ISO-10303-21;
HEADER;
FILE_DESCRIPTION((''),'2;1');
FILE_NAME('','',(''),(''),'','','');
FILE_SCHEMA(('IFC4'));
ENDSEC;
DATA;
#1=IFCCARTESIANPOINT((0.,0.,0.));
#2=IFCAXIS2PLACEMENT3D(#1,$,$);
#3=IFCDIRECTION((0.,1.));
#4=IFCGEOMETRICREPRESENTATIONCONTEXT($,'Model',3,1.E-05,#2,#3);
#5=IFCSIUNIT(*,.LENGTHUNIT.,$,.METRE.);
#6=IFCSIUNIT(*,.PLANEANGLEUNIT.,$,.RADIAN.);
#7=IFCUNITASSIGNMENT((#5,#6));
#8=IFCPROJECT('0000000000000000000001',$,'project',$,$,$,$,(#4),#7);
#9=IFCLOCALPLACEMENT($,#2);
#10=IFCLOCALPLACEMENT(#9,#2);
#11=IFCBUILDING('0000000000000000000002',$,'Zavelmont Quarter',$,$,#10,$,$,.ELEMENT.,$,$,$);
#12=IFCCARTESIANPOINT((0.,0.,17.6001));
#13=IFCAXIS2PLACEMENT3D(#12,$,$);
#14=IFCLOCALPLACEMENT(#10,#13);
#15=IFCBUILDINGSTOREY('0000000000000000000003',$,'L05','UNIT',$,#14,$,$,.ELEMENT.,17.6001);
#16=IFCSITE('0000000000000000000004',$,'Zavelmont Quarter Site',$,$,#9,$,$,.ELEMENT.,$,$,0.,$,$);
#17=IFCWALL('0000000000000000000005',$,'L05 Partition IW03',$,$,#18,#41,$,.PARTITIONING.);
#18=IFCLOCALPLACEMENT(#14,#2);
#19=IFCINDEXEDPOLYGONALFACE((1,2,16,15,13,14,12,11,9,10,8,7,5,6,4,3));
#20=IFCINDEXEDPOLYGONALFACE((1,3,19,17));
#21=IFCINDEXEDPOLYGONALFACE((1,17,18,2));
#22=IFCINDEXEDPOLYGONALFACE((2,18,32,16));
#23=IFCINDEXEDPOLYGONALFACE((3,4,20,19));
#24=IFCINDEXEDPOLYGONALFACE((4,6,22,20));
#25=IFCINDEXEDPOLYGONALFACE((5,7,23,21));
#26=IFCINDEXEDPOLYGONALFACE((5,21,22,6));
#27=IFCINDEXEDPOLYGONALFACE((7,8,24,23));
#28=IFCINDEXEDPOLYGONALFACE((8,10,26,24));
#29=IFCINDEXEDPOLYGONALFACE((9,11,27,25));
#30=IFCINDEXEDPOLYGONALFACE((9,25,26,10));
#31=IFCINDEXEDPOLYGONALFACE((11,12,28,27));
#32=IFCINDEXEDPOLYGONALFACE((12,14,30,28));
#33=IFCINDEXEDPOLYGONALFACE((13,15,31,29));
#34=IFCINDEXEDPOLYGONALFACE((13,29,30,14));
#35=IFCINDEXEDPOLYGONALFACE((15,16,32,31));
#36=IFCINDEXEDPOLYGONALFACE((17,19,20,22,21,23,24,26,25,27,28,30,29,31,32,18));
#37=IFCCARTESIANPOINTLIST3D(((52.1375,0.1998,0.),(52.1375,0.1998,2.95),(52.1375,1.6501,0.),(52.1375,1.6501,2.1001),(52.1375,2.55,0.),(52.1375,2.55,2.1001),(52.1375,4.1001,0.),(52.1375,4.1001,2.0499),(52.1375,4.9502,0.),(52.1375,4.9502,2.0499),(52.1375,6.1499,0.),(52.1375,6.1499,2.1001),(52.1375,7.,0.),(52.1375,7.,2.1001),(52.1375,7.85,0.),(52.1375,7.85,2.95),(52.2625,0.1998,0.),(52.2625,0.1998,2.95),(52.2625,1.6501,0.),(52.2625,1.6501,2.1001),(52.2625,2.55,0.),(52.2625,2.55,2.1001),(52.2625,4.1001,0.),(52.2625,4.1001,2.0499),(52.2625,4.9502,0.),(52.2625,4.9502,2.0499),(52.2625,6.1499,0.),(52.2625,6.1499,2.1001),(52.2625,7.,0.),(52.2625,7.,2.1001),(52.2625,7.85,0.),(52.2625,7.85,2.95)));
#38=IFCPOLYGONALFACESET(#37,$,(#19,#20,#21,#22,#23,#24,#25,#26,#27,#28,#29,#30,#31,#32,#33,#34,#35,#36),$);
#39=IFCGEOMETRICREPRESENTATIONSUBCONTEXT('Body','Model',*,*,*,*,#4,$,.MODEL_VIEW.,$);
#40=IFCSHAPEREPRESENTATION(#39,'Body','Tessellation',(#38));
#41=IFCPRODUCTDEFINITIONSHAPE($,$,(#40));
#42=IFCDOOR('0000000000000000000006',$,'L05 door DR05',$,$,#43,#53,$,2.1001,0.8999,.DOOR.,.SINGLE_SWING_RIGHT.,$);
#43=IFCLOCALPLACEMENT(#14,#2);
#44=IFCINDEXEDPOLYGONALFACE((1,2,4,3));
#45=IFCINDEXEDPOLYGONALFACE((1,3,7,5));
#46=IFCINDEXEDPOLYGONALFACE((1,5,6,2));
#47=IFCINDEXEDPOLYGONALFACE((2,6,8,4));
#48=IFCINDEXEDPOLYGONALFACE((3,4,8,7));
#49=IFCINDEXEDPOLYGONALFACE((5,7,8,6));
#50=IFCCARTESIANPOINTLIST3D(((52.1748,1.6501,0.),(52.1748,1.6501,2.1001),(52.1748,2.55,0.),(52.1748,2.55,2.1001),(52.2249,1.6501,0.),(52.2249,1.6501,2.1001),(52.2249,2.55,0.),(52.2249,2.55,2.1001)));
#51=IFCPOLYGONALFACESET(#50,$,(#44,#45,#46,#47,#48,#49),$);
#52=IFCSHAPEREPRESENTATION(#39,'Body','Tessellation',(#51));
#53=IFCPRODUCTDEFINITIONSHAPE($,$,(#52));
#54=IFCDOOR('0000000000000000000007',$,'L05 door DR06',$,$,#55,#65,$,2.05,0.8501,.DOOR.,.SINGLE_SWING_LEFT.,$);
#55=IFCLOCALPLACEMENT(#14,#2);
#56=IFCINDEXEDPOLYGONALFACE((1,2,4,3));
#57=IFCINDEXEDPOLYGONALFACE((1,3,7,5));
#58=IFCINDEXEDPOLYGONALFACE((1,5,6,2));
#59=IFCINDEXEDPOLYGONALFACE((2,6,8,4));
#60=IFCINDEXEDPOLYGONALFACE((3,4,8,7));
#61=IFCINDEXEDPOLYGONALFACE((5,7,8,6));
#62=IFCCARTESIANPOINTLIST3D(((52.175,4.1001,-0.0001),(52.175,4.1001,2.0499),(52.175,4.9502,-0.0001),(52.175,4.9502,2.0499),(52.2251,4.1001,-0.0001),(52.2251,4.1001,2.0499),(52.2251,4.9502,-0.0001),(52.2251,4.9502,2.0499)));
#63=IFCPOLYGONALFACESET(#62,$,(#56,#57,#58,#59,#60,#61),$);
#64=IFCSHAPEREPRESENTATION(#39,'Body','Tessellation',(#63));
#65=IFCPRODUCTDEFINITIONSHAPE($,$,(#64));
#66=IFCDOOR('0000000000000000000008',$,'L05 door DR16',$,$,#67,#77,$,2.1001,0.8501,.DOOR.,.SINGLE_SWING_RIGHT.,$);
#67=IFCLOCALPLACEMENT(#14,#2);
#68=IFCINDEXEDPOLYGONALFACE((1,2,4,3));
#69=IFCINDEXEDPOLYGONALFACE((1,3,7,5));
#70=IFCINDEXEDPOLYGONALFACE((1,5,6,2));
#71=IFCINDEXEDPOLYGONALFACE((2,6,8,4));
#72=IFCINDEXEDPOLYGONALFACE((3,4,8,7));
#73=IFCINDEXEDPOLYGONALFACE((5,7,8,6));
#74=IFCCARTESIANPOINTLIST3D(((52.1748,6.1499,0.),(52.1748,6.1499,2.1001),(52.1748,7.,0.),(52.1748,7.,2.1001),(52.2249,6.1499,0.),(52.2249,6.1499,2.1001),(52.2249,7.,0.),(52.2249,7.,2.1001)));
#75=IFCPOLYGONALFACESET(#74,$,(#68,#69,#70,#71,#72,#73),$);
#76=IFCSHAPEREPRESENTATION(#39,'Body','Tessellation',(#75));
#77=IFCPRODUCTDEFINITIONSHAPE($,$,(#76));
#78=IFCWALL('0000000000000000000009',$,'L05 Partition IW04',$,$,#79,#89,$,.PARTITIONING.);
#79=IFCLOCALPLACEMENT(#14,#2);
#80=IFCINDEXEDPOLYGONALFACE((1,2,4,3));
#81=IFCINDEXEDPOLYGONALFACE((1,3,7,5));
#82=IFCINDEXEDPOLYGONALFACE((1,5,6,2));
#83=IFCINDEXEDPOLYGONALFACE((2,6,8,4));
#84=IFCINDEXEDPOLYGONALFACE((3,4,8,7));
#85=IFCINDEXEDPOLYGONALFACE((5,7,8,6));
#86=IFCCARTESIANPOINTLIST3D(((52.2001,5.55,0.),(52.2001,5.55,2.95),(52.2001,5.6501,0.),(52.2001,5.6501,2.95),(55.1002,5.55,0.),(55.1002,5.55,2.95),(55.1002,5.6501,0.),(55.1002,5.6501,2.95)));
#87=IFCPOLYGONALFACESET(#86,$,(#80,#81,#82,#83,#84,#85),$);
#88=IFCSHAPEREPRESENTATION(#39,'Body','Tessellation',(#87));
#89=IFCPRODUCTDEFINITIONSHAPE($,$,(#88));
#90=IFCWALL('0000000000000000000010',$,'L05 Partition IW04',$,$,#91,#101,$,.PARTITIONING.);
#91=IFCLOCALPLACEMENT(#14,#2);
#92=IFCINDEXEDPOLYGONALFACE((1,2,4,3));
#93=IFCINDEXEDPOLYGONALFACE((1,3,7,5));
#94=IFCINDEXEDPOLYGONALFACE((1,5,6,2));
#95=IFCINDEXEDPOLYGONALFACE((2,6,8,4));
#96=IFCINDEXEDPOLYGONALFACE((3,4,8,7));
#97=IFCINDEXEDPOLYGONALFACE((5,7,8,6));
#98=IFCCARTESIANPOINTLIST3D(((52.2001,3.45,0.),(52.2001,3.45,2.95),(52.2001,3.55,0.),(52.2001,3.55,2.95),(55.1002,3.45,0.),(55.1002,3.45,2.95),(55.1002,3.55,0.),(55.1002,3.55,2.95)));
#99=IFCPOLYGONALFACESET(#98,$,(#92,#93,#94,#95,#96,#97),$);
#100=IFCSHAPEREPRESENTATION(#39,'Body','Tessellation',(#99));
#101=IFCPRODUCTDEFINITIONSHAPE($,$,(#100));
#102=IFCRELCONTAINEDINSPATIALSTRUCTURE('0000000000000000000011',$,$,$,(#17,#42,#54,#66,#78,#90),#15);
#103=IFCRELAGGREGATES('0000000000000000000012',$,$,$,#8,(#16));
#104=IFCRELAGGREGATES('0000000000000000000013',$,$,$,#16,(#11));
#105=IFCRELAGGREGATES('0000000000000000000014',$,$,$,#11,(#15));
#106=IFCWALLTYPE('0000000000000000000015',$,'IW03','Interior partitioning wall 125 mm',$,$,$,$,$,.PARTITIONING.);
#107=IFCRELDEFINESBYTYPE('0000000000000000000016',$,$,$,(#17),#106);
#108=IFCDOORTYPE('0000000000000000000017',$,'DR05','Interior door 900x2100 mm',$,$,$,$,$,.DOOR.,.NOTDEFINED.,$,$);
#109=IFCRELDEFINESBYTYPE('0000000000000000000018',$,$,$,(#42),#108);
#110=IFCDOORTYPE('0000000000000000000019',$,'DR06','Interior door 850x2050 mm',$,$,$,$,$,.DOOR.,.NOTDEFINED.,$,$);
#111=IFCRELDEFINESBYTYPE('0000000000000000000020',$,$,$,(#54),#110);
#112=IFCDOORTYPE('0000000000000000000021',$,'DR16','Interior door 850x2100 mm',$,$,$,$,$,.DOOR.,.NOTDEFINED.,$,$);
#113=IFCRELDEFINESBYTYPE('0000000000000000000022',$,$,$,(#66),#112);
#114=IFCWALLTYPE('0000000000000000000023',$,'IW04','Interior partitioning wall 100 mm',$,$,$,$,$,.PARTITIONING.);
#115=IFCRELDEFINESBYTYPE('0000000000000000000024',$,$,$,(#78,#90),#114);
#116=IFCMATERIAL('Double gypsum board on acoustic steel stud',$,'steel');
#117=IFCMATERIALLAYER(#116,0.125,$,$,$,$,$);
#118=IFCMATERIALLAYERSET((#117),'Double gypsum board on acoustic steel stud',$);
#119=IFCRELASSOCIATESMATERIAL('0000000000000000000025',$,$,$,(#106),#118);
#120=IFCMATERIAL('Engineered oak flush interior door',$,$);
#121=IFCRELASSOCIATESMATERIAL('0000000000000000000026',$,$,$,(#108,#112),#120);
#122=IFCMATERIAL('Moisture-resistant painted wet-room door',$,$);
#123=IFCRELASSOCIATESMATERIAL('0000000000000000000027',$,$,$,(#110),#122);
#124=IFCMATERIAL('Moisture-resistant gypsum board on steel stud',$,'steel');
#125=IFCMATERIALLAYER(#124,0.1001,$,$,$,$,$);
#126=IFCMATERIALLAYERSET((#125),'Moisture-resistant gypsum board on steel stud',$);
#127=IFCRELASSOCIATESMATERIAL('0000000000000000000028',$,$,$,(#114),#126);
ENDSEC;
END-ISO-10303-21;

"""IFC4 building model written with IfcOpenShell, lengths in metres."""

from ifc_helpers import new_model, si_unit, direction, frame, frame_2d, origin, origin_with_axes, place, context, subcontext, project, spatial, rectangle, extrude, material, layer, layer_set, type_object, element, fill, save


model = new_model("IFC4")

# Units and contexts
model_context = context("Model", 3, precision=1e-05, world=origin(), true_north=direction((0.0, 1.0)))
body_context = subcontext(model_context, "Body", "Model", "MODEL_VIEW")
ifc_project = project(units=[si_unit("LENGTHUNIT", "METRE"), si_unit("PLANEANGLEUNIT", "RADIAN")], contexts=[model_context])

# Site, building, storey
site_placement = place(None, origin())
site = spatial("IfcSite", under=ifc_project, at=site_placement, Name="Zavelmont Quarter Site", CompositionType="ELEMENT", RefElevation=0.0)
building_placement = place(site_placement, origin())
building = spatial("IfcBuilding", under=site, at=building_placement, Name="Zavelmont Quarter", CompositionType="ELEMENT")
storey_placement = place(building_placement, frame((0.0, 0.0, 17.6001)))
storey = spatial("IfcBuildingStorey", under=building, at=storey_placement, Name="L05", Description="UNIT", CompositionType="ELEMENT", Elevation=17.6001)

# Wall, openings, doors
ifc_material_1 = material(Name="Double gypsum board on acoustic steel stud", Category="steel")
ifc_layer_1 = layer(ifc_material_1, 0.125)
ifc_layer_set_1 = layer_set([ifc_layer_1], Name="Double gypsum board on acoustic steel stud")
wall_type_1 = type_object("IfcWallType", Name="IW03", Description="Interior partitioning wall 125 mm", PredefinedType="PARTITIONING", material=ifc_layer_set_1)
wall_1_placement = place(storey_placement, frame((52.2, 7.8501, 0.0), z_axis=(0.0, 0.0, 1.0), x_axis=(0.0, -1.0, 0.0)))
wall_1 = element("IfcWall", 1, at=wall_1_placement, inside=storey, type_object=wall_type_1, Name="L05 Partition IW03", PredefinedType="PARTITIONING", context=body_context, shape_type="SweptSolid", body=[
    extrude(rectangle(XDim=7.6501, YDim=0.125, at=frame_2d((3.8252, 0.0))), origin(), (0.0, 0.0, 1.0), 2.95),
])
opening_1_placement = place(wall_1_placement, frame((0.8501, 0.0, 0.0)))
opening_1 = element("IfcOpeningElement", 2, at=opening_1_placement, cuts=wall_1, PredefinedType="OPENING", context=body_context, shape_type="SweptSolid", body=[
    extrude(rectangle(XDim=0.8501, YDim=2.1001, at=frame_2d((0.425, 1.05))), frame((0.0, 0.0745, 0.0), z_axis=(0.0, -1.0, 0.0), x_axis=(1.0, 0.0, 0.0)), (0.0, 0.0, 1.0), 0.1489),
])
opening_2_placement = place(wall_1_placement, frame((2.8999, 0.0, 0.0)))
opening_2 = element("IfcOpeningElement", 3, at=opening_2_placement, cuts=wall_1, PredefinedType="OPENING", context=body_context, shape_type="SweptSolid", body=[
    extrude(rectangle(XDim=0.8501, YDim=2.05, at=frame_2d((0.425, 1.0249))), frame((0.0, 0.0745, 0.0), z_axis=(0.0, -1.0, 0.0), x_axis=(1.0, 0.0, 0.0)), (0.0, 0.0, 1.0), 0.1489),
])
opening_3_placement = place(wall_1_placement, frame((5.3, 0.0, 0.0)))
opening_3 = element("IfcOpeningElement", 4, at=opening_3_placement, cuts=wall_1, PredefinedType="OPENING", context=body_context, shape_type="SweptSolid", body=[
    extrude(rectangle(XDim=0.8999, YDim=2.1001, at=frame_2d((0.45, 1.05))), frame((0.0, 0.0745, 0.0), z_axis=(0.0, -1.0, 0.0), x_axis=(1.0, 0.0, 0.0)), (0.0, 0.0, 1.0), 0.1489),
])
ifc_material_2 = material(Name="Engineered oak flush interior door")
door_type_1 = type_object("IfcDoorType", Name="DR05", Description="Interior door 900x2100 mm", OperationType="NOTDEFINED", PredefinedType="DOOR", material=ifc_material_2)
door_1_placement = place(opening_3_placement, origin_with_axes())
door_1 = element("IfcDoor", 5, at=door_1_placement, inside=storey, type_object=door_type_1, Name="L05 door DR05", OperationType="SINGLE_SWING_RIGHT", OverallHeight=2.1001, OverallWidth=0.8999, PredefinedType="DOOR", context=body_context, shape_type="SweptSolid", body=[
    extrude(rectangle(XDim=0.8999, YDim=2.1001, at=frame_2d((0.45, 1.05))), frame((0.0, 0.0249, 0.0), z_axis=(0.0, -1.0, 0.0), x_axis=(1.0, 0.0, 0.0)), (0.0, 0.0, 1.0), 0.05),
])
fill(opening_3, door_1)
ifc_material_3 = material(Name="Moisture-resistant painted wet-room door")
door_type_2 = type_object("IfcDoorType", Name="DR06", Description="Interior door 850x2050 mm", OperationType="NOTDEFINED", PredefinedType="DOOR", material=ifc_material_3)
door_2_placement = place(opening_2_placement, frame((0.8501, 0.0, 0.0), z_axis=(0.0, 0.0, 1.0), x_axis=(-1.0, 0.0, 0.0)))
door_2 = element("IfcDoor", 6, at=door_2_placement, inside=storey, type_object=door_type_2, Name="L05 door DR06", OperationType="SINGLE_SWING_LEFT", OverallHeight=2.05, OverallWidth=0.8501, PredefinedType="DOOR", context=body_context, shape_type="SweptSolid", body=[
    extrude(rectangle(XDim=0.8501, YDim=2.05, at=frame_2d((0.425, 1.0249))), frame((0.0, 0.0249, 0.0), z_axis=(0.0, -1.0, 0.0), x_axis=(1.0, 0.0, 0.0)), (0.0, 0.0, 1.0), 0.05),
])
fill(opening_2, door_2)
door_type_3 = type_object("IfcDoorType", Name="DR16", Description="Interior door 850x2100 mm", OperationType="NOTDEFINED", PredefinedType="DOOR", material=ifc_material_2)
door_3_placement = place(opening_1_placement, origin_with_axes())
door_3 = element("IfcDoor", 7, at=door_3_placement, inside=storey, type_object=door_type_3, Name="L05 door DR16", OperationType="SINGLE_SWING_RIGHT", OverallHeight=2.1001, OverallWidth=0.8501, PredefinedType="DOOR", context=body_context, shape_type="SweptSolid", body=[
    extrude(rectangle(XDim=0.8501, YDim=2.1001, at=frame_2d((0.425, 1.05))), frame((0.0, 0.0249, 0.0), z_axis=(0.0, -1.0, 0.0), x_axis=(1.0, 0.0, 0.0)), (0.0, 0.0, 1.0), 0.05),
])
fill(opening_1, door_3)

# Walls
ifc_material_4 = material(Name="Moisture-resistant gypsum board on steel stud", Category="steel")
ifc_layer_2 = layer(ifc_material_4, 0.1001)
ifc_layer_set_2 = layer_set([ifc_layer_2], Name="Moisture-resistant gypsum board on steel stud")
wall_type_2 = type_object("IfcWallType", Name="IW04", Description="Interior partitioning wall 100 mm", PredefinedType="PARTITIONING", material=ifc_layer_set_2)
for number, where, z_axis, x_axis, name in (
    (8, (52.2, 5.6001, 0.0), (0.0, 0.0, 1.0), (1.0, 0.0, 0.0), "L05 Partition IW04"),
    (9, (52.2, 3.5, 0.0), (0.0, 0.0, 1.0), (1.0, 0.0, 0.0), "L05 Partition IW04"),
):
    element("IfcWall", number, at=place(storey_placement, frame(where, z_axis=z_axis, x_axis=x_axis)), inside=storey, type_object=wall_type_2, Name=name, PredefinedType="PARTITIONING", context=body_context, shape_type="SweptSolid", body=[
        extrude(rectangle(XDim=2.9001, YDim=0.1001, at=frame_2d((1.4502, 0.0))), origin(), (0.0, 0.0, 1.0), 2.95),
    ])

save(model, "model.ifc")
